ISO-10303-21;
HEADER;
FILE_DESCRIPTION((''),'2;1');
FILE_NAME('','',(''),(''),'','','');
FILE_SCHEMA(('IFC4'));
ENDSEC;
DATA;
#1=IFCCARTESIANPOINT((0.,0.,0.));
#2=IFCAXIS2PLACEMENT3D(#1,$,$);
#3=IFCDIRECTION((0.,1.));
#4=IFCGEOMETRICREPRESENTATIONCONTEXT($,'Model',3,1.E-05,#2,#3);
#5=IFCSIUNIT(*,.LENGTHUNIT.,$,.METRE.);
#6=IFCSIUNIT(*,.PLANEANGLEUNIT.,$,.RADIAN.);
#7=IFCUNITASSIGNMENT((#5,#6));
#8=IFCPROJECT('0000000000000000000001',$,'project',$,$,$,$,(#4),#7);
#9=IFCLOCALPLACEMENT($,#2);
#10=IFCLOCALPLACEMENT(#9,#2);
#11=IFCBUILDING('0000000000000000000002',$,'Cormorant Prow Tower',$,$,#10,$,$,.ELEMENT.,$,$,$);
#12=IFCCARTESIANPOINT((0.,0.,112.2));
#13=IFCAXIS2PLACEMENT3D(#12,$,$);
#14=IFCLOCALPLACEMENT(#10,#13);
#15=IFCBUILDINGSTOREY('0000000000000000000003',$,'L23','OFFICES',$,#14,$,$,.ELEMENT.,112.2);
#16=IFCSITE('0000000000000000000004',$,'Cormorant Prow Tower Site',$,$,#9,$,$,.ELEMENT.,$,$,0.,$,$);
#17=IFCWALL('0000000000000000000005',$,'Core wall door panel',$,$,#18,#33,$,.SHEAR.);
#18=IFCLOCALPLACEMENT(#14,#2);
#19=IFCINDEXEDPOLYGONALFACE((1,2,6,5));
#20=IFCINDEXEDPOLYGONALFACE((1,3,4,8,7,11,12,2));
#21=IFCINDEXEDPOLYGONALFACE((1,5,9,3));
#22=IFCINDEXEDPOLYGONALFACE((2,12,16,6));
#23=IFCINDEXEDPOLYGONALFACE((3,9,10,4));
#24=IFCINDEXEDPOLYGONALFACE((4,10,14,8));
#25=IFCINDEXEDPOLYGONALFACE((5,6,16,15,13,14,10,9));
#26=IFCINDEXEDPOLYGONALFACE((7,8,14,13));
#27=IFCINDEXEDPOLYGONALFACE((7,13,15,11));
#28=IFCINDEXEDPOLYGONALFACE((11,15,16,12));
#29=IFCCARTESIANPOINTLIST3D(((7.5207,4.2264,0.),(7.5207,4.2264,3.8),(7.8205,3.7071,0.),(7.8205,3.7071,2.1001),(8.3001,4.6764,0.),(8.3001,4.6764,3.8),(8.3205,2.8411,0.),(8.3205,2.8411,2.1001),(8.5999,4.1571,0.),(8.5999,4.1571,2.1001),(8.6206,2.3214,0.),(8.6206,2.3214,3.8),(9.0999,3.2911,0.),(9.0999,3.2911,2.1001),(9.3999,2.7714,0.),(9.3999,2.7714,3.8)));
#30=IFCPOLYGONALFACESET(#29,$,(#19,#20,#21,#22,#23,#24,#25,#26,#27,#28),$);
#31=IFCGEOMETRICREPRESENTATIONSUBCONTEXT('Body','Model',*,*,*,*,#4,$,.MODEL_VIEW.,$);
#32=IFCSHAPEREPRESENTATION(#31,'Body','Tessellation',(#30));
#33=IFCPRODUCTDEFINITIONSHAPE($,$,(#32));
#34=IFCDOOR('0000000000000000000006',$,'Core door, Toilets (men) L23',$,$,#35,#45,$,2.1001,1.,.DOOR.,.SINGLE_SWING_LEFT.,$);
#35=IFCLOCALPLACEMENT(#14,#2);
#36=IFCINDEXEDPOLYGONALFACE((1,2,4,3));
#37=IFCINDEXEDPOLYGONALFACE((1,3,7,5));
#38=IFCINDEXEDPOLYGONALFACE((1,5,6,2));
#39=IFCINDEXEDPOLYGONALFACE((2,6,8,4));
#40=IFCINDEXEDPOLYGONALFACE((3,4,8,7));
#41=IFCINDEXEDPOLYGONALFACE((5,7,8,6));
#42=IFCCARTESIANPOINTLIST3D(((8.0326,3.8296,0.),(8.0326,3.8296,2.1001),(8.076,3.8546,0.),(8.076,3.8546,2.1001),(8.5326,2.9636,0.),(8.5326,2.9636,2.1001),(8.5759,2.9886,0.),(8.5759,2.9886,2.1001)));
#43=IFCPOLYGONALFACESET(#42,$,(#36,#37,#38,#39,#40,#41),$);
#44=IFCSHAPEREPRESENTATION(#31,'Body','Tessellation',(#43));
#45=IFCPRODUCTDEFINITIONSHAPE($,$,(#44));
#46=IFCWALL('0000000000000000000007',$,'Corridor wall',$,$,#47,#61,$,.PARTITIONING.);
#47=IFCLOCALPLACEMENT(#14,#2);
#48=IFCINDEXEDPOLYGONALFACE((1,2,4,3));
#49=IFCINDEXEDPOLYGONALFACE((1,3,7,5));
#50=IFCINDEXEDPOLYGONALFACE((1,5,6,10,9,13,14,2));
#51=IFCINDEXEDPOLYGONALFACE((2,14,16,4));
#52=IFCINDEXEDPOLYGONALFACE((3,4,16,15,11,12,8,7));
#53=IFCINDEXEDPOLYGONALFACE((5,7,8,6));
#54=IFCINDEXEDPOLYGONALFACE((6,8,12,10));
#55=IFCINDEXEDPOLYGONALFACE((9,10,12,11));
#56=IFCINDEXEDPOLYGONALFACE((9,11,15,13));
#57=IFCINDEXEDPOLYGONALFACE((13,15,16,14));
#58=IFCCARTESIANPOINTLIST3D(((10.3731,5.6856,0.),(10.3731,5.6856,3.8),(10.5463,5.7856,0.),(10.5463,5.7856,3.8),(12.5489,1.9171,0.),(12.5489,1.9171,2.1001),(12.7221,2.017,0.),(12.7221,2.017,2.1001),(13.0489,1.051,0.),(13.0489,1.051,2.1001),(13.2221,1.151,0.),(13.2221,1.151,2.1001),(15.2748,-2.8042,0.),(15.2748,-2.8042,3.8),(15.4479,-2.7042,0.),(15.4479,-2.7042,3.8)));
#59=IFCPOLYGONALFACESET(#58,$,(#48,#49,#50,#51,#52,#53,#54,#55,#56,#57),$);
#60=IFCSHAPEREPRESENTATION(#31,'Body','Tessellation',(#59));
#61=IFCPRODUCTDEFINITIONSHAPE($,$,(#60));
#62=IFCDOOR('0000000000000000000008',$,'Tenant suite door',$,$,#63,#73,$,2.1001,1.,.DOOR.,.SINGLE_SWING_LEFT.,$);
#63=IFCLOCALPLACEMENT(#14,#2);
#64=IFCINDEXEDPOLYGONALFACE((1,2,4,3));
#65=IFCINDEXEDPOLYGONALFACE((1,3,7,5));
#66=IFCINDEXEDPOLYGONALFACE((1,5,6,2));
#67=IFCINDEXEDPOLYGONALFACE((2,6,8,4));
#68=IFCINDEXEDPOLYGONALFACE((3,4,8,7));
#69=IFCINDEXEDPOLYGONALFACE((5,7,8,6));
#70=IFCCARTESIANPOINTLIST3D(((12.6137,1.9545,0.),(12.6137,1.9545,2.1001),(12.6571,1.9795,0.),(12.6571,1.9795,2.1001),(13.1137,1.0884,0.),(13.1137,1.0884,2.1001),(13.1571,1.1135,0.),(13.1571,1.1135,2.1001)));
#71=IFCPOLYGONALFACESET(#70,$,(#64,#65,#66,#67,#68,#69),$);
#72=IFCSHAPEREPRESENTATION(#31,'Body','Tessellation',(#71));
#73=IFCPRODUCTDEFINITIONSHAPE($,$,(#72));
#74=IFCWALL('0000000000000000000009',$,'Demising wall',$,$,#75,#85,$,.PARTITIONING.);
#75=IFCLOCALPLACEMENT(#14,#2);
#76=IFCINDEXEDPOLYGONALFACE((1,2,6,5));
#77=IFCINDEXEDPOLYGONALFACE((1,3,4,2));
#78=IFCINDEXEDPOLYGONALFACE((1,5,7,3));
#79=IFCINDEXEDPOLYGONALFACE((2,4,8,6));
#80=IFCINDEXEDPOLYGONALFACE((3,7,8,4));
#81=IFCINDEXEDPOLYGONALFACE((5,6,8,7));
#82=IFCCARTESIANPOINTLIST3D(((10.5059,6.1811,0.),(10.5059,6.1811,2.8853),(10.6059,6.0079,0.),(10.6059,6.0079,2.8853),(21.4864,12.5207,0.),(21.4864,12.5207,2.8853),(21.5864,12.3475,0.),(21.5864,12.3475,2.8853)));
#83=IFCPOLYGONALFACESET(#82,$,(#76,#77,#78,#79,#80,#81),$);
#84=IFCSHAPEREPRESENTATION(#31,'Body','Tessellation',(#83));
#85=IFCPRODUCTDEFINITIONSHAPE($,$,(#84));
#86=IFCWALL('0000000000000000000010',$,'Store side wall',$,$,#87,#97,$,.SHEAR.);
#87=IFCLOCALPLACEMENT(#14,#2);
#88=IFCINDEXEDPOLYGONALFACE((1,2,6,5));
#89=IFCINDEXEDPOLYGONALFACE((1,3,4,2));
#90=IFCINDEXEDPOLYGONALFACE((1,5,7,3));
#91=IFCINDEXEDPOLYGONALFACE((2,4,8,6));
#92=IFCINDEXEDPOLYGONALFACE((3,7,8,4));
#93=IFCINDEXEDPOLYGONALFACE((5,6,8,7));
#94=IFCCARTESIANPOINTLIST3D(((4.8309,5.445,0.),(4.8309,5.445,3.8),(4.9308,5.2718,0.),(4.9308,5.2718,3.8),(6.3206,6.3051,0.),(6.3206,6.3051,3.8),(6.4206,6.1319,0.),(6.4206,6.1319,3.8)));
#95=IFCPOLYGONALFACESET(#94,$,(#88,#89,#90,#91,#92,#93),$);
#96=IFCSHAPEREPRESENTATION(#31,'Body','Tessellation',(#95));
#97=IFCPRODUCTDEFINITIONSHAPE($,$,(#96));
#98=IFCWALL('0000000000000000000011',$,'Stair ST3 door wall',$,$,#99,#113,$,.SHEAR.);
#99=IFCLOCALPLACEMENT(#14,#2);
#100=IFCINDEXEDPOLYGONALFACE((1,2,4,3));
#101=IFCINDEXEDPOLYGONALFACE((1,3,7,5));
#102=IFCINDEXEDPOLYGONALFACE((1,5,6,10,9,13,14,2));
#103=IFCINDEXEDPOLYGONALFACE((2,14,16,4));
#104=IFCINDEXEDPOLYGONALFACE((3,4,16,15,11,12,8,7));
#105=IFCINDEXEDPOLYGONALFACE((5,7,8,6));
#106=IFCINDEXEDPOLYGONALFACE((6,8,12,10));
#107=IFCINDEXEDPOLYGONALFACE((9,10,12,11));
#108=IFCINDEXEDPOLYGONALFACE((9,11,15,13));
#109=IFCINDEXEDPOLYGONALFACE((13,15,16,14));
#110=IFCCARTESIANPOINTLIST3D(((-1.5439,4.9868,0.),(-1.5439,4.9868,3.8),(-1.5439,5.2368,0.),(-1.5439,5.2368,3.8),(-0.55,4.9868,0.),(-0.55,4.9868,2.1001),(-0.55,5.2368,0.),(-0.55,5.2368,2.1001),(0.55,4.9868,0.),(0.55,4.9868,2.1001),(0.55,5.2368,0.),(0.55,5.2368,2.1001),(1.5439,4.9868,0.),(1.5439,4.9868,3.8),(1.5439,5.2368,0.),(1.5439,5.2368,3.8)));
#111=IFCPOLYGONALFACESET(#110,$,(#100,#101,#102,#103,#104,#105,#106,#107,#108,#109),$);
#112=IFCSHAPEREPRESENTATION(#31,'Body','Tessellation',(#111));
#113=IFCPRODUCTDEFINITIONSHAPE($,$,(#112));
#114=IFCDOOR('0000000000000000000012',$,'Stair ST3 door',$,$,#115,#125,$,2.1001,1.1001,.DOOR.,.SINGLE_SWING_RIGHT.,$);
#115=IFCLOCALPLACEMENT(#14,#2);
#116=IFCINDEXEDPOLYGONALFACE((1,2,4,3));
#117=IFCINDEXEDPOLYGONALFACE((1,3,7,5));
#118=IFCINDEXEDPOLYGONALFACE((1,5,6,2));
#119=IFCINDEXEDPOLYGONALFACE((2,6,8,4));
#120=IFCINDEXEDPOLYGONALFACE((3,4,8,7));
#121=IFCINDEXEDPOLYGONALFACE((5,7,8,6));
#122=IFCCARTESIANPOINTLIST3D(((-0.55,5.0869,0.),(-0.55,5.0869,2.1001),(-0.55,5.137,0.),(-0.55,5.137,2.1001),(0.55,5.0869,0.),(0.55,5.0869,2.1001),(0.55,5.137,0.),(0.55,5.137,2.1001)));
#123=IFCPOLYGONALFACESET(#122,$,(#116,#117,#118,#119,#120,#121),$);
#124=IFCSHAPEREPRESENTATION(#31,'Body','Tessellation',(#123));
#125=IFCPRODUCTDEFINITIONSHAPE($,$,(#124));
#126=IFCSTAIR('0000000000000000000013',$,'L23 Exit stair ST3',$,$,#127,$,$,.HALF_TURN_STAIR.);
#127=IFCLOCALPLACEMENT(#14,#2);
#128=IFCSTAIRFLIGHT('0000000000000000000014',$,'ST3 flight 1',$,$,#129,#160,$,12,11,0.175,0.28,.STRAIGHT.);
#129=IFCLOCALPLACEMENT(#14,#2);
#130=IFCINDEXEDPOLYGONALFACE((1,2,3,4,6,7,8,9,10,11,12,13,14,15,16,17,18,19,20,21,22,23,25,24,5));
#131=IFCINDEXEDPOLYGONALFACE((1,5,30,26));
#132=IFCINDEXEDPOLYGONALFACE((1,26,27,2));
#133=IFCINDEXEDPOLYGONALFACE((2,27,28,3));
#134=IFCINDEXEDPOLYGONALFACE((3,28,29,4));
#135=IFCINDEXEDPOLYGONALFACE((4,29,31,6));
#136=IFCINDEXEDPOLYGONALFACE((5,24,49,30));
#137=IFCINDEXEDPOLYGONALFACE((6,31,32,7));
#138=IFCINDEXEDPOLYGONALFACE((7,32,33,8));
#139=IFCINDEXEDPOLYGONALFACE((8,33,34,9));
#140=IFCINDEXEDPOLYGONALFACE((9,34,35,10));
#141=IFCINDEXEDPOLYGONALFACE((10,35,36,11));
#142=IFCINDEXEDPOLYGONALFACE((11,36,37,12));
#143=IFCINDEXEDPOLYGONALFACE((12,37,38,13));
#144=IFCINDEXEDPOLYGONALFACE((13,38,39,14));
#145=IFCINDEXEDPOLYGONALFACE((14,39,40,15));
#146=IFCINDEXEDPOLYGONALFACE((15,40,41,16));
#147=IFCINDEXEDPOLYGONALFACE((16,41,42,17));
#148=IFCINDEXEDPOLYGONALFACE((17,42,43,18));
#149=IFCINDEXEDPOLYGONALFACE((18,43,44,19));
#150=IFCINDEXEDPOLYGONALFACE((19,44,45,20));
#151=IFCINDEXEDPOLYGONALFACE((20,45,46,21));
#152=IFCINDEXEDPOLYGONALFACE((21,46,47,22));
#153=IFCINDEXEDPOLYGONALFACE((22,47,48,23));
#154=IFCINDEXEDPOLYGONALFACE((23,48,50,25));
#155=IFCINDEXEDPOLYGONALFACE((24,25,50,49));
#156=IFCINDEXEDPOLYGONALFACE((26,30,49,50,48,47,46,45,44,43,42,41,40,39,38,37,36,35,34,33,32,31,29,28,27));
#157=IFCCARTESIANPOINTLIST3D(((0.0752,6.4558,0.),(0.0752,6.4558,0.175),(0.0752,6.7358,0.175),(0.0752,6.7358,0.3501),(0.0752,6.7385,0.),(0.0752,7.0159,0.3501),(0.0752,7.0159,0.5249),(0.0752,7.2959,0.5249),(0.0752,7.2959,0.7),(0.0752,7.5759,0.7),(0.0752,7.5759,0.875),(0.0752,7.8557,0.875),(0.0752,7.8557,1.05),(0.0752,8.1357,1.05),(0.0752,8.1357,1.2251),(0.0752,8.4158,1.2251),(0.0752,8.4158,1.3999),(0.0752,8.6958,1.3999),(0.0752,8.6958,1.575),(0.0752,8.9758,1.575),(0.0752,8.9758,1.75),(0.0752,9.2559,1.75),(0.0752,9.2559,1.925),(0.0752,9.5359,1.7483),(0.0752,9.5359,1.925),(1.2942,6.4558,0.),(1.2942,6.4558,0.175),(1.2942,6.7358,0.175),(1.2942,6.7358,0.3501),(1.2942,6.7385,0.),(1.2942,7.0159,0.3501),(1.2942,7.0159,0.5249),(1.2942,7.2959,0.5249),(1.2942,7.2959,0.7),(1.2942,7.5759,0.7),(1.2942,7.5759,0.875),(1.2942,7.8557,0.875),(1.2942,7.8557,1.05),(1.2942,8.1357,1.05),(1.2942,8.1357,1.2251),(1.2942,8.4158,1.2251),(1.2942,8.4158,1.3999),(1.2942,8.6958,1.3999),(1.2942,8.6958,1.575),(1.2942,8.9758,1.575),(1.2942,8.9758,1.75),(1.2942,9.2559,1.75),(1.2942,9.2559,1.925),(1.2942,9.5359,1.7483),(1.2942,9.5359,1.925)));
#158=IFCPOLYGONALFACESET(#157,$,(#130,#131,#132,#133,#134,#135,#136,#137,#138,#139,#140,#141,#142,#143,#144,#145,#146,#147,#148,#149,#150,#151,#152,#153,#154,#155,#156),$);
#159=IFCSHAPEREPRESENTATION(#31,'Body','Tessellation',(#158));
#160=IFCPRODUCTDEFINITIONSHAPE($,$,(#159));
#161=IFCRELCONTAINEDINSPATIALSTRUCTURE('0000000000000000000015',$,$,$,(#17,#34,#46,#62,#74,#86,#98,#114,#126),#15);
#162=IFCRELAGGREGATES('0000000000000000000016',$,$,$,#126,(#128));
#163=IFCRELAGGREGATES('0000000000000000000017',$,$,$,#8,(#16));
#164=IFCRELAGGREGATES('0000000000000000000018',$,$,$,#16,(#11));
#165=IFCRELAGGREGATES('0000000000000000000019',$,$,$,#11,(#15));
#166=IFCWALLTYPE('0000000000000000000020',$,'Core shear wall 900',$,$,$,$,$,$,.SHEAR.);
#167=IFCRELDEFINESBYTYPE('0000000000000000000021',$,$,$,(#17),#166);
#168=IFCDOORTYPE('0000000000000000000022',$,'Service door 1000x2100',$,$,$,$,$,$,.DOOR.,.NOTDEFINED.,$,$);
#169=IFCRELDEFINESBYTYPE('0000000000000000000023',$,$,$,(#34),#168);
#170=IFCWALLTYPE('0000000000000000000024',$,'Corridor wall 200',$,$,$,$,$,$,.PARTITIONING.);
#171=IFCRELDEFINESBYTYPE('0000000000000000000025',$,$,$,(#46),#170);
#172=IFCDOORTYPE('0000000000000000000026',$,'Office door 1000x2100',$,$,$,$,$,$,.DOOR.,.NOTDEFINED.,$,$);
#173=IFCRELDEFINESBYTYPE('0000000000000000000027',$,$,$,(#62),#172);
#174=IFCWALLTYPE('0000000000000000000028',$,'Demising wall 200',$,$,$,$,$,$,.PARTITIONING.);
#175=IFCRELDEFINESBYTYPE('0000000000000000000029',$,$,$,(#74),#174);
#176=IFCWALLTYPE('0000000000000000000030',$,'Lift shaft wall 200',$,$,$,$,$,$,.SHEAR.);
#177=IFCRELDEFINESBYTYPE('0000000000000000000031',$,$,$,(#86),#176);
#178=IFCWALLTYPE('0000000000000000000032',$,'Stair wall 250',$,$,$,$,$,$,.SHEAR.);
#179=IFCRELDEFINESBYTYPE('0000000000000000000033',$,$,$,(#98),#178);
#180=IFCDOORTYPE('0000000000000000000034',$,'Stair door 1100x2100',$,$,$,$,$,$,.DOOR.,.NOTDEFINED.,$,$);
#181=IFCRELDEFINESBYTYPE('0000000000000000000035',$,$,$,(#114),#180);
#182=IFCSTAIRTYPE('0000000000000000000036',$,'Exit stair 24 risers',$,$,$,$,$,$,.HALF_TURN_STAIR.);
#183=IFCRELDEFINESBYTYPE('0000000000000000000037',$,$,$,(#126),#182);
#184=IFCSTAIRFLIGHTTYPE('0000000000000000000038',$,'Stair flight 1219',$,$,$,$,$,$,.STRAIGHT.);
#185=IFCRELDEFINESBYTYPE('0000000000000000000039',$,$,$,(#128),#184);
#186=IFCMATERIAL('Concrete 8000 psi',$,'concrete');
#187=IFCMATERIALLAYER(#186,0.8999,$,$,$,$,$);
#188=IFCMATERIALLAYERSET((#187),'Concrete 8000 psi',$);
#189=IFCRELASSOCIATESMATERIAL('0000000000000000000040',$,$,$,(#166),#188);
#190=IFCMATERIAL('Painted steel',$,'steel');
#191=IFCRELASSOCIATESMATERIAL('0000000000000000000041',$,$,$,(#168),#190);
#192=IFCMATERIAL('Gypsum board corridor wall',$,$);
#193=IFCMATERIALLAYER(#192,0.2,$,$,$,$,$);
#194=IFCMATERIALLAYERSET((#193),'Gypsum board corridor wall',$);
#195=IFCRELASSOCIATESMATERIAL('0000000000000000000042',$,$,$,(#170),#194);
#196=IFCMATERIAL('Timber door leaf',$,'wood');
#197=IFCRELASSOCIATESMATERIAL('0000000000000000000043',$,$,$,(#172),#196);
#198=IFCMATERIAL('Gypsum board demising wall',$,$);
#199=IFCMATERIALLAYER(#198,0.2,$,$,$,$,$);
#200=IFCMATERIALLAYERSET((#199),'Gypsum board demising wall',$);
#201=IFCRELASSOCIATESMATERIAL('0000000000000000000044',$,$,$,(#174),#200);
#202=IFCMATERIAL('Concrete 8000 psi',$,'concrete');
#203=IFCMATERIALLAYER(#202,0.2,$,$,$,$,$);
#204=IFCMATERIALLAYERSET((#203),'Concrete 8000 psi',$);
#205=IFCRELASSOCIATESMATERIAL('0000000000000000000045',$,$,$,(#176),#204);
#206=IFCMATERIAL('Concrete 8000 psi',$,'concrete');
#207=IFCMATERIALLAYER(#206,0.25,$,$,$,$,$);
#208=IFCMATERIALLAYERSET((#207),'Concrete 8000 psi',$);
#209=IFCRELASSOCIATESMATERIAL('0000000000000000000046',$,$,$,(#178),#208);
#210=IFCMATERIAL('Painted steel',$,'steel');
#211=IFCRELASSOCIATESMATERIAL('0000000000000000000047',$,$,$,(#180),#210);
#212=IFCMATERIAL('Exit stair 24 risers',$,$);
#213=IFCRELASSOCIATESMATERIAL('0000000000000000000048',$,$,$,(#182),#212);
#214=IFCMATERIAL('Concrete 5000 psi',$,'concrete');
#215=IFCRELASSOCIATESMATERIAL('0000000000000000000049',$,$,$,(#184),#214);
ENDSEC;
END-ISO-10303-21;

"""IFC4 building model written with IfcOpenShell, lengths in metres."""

from ifc_helpers import new_model, si_unit, direction, frame, frame_2d, origin, place, context, subcontext, project, spatial, polyline, rectangle, outline, extrude, material, layer, layer_set, type_object, element, fill, aggregate, save


model = new_model("IFC4")

# Units and contexts
model_context = context("Model", 3, precision=1e-05, world=origin(), true_north=direction((0.0, 1.0)))
body_context = subcontext(model_context, "Body", "Model", "MODEL_VIEW")
ifc_project = project(units=[si_unit("LENGTHUNIT", "METRE"), si_unit("PLANEANGLEUNIT", "RADIAN")], contexts=[model_context])

# Site, building, storey
site_placement = place(None, origin())
site = spatial("IfcSite", under=ifc_project, at=site_placement, Name="Cormorant Prow Tower Site", CompositionType="ELEMENT", RefElevation=0.0)
building_placement = place(site_placement, origin())
building = spatial("IfcBuilding", under=site, at=building_placement, Name="Cormorant Prow Tower", CompositionType="ELEMENT")
storey_placement = place(building_placement, frame((0.0, 0.0, 112.2)))
storey = spatial("IfcBuildingStorey", under=building, at=storey_placement, Name="L23", Description="OFFICES", CompositionType="ELEMENT", Elevation=112.2)

# Shared definitions
ifc_material_1 = material(Name="Concrete 8000 psi", Category="concrete")
ifc_layer_1 = layer(ifc_material_1, 0.8999)
ifc_layer_set_1 = layer_set([ifc_layer_1], Name="Concrete 8000 psi")
wall_type_1 = type_object("IfcWallType", Name="Core shear wall 900", PredefinedType="SHEAR", material=ifc_layer_set_1)

# Walls, openings, doors
wall_1_placement = place(storey_placement, frame((9.0103, 2.5464, 0.0), z_axis=(0.0, 0.0, 1.0), x_axis=(-0.499995, 0.866028, 0.0)))
wall_1 = element("IfcWall", 1, at=wall_1_placement, inside=storey, type_object=wall_type_1, Name="Core wall door panel", PredefinedType="SHEAR", context=body_context, shape_type="SweptSolid", body=[
    extrude(rectangle(XDim=2.1997, YDim=0.8999, at=frame_2d((1.0999, 0.0))), origin(), (0.0, 0.0, 1.0), 3.8),
])
opening_1_placement = place(wall_1_placement, frame((0.6001, 0.0, 0.0)))
opening_1 = element("IfcOpeningElement", 2, at=opening_1_placement, cuts=wall_1, PredefinedType="OPENING", context=body_context, shape_type="SweptSolid", body=[
    extrude(rectangle(XDim=1.0, YDim=2.1001, at=frame_2d((0.5, 1.05))), frame((0.0, 0.46, 0.0), z_axis=(0.0, -1.0, 0.0), x_axis=(1.0, 0.0, 0.0)), (0.0, 0.0, 1.0), 0.9199),
])
ifc_material_2 = material(Name="Painted steel", Category="steel")
door_type_1 = type_object("IfcDoorType", Name="Service door 1000x2100", OperationType="NOTDEFINED", PredefinedType="DOOR", material=ifc_material_2)
door_1_placement = place(opening_1_placement, origin())
door_1 = element("IfcDoor", 3, at=door_1_placement, inside=storey, type_object=door_type_1, Name="Core door, Toilets (men) L23", OperationType="SINGLE_SWING_LEFT", OverallHeight=2.1001, OverallWidth=1.0, PredefinedType="DOOR", context=body_context, shape_type="SweptSolid", body=[
    extrude(rectangle(XDim=1.0, YDim=2.1001, at=frame_2d((0.5, 1.05))), frame((0.0, 0.2051, 0.0), z_axis=(0.0, -1.0, 0.0), x_axis=(1.0, 0.0, 0.0)), (0.0, 0.0, 1.0), 0.05),
])
fill(opening_1, door_1)
ifc_material_3 = material(Name="Gypsum board corridor wall")
ifc_layer_2 = layer(ifc_material_3, 0.2)
ifc_layer_set_2 = layer_set([ifc_layer_2], Name="Gypsum board corridor wall")
wall_type_2 = type_object("IfcWallType", Name="Corridor wall 200", PredefinedType="PARTITIONING", material=ifc_layer_set_2)
wall_2_placement = place(storey_placement, frame((10.4597, 5.7356, 0.0), z_axis=(0.0, 0.0, 1.0), x_axis=(0.500004, -0.866023, 0.0)))
wall_2 = element("IfcWall", 4, at=wall_2_placement, inside=storey, type_object=wall_type_2, Name="Corridor wall", PredefinedType="PARTITIONING", context=body_context, shape_type="SweptSolid", body=[
    extrude(rectangle(XDim=9.8032, YDim=0.2, at=frame_2d((4.9016, 0.0))), origin(), (0.0, 0.0, 1.0), 3.8),
])
opening_2_placement = place(wall_2_placement, frame((4.3516, 0.0, 0.0)))
opening_2 = element("IfcOpeningElement", 5, at=opening_2_placement, cuts=wall_2, PredefinedType="OPENING", context=body_context, shape_type="SweptSolid", body=[
    extrude(rectangle(XDim=1.0, YDim=2.1001, at=frame_2d((0.5, 1.05))), frame((0.0, 0.1099, 0.0), z_axis=(0.0, -1.0, 0.0), x_axis=(1.0, 0.0, 0.0)), (0.0, 0.0, 1.0), 0.22),
])
ifc_material_4 = material(Name="Timber door leaf", Category="wood")
door_type_2 = type_object("IfcDoorType", Name="Office door 1000x2100", OperationType="NOTDEFINED", PredefinedType="DOOR", material=ifc_material_4)
door_2_placement = place(opening_2_placement, origin())
door_2 = element("IfcDoor", 6, at=door_2_placement, inside=storey, type_object=door_type_2, Name="Tenant suite door", OperationType="SINGLE_SWING_LEFT", OverallHeight=2.1001, OverallWidth=1.0, PredefinedType="DOOR", context=body_context, shape_type="SweptSolid", body=[
    extrude(rectangle(XDim=1.0, YDim=2.1001, at=frame_2d((0.5, 1.05))), frame((0.0, 0.0249, 0.0), z_axis=(0.0, -1.0, 0.0), x_axis=(1.0, 0.0, 0.0)), (0.0, 0.0, 1.0), 0.05),
])
fill(opening_2, door_2)

# Walls
ifc_material_5 = material(Name="Gypsum board demising wall")
ifc_layer_3 = layer(ifc_material_5, 0.2)
ifc_layer_set_3 = layer_set([ifc_layer_3], Name="Gypsum board demising wall")
wall_type_3 = type_object("IfcWallType", Name="Demising wall 200", PredefinedType="PARTITIONING", material=ifc_layer_set_3)
wall_3_placement = place(storey_placement, frame((10.5559, 6.0945, 0.0), z_axis=(0.0, 0.0, 1.0), x_axis=(0.866025, 0.500001, 0.0)))
element("IfcWall", 7, at=wall_3_placement, inside=storey, type_object=wall_type_3, Name="Demising wall", PredefinedType="PARTITIONING", context=body_context, shape_type="SweptSolid", body=[
    extrude(rectangle(XDim=12.6792, YDim=0.2, at=frame_2d((6.3396, 0.0))), origin(), (0.0, 0.0, 1.0), 2.8853),
])
ifc_material_6 = material(Name="Concrete 8000 psi", Category="concrete")
ifc_layer_4 = layer(ifc_material_6, 0.2)
ifc_layer_set_4 = layer_set([ifc_layer_4], Name="Concrete 8000 psi")
wall_type_4 = type_object("IfcWallType", Name="Lift shaft wall 200", PredefinedType="SHEAR", material=ifc_layer_set_4)
wall_4_placement = place(storey_placement, frame((4.8809, 5.3584, 0.0), z_axis=(0.0, 0.0, 1.0), x_axis=(0.866025, 0.500001, 0.0)))
element("IfcWall", 8, at=wall_4_placement, inside=storey, type_object=wall_type_4, Name="Store side wall", PredefinedType="SHEAR", context=body_context, shape_type="SweptSolid", body=[
    extrude(rectangle(XDim=1.7202, YDim=0.2, at=frame_2d((0.8601, 0.0))), origin(), (0.0, 0.0, 1.0), 3.8),
])

# Wall, opening, door
ifc_material_7 = material(Name="Concrete 8000 psi", Category="concrete")
ifc_layer_5 = layer(ifc_material_7, 0.25)
ifc_layer_set_5 = layer_set([ifc_layer_5], Name="Concrete 8000 psi")
wall_type_5 = type_object("IfcWallType", Name="Stair wall 250", PredefinedType="SHEAR", material=ifc_layer_set_5)
wall_5_placement = place(storey_placement, frame((1.5439, 5.1118, 0.0), z_axis=(0.0, 0.0, 1.0), x_axis=(-1.0, 0.0, 0.0)))
wall_5 = element("IfcWall", 9, at=wall_5_placement, inside=storey, type_object=wall_type_5, Name="Stair ST3 door wall", PredefinedType="SHEAR", context=body_context, shape_type="SweptSolid", body=[
    extrude(rectangle(XDim=3.0879, YDim=0.25, at=frame_2d((1.5439, 0.0))), origin(), (0.0, 0.0, 1.0), 3.8),
])
opening_3_placement = place(wall_5_placement, frame((0.9939, 0.0, 0.0)))
opening_3 = element("IfcOpeningElement", 10, at=opening_3_placement, cuts=wall_5, PredefinedType="OPENING", context=body_context, shape_type="SweptSolid", body=[
    extrude(rectangle(XDim=1.1001, YDim=2.1001, at=frame_2d((0.55, 1.05))), frame((0.0, 0.135, 0.0), z_axis=(0.0, -1.0, 0.0), x_axis=(1.0, 0.0, 0.0)), (0.0, 0.0, 1.0), 0.27),
])
ifc_material_8 = material(Name="Painted steel", Category="steel")
door_type_3 = type_object("IfcDoorType", Name="Stair door 1100x2100", OperationType="NOTDEFINED", PredefinedType="DOOR", material=ifc_material_8)
door_3_placement = place(opening_3_placement, origin())
door_3 = element("IfcDoor", 11, at=door_3_placement, inside=storey, type_object=door_type_3, Name="Stair ST3 door", OperationType="SINGLE_SWING_RIGHT", OverallHeight=2.1001, OverallWidth=1.1001, PredefinedType="DOOR", context=body_context, shape_type="SweptSolid", body=[
    extrude(rectangle(XDim=1.1001, YDim=2.1001, at=frame_2d((0.55, 1.05))), frame((0.0, 0.0249, 0.0), z_axis=(0.0, -1.0, 0.0), x_axis=(1.0, 0.0, 0.0)), (0.0, 0.0, 1.0), 0.05),
])
fill(opening_3, door_3)

# Stair, stair flight
ifc_material_9 = material(Name="Exit stair 24 risers")
stair_type = type_object("IfcStairType", Name="Exit stair 24 risers", PredefinedType="HALF_TURN_STAIR", material=ifc_material_9)
stair_placement = place(storey_placement, origin())
stair = element("IfcStair", 12, at=stair_placement, inside=storey, type_object=stair_type, Name="L23 Exit stair ST3", PredefinedType="HALF_TURN_STAIR")
ifc_material_10 = material(Name="Concrete 5000 psi", Category="concrete")
stair_flight_type = type_object("IfcStairFlightType", Name="Stair flight 1219", PredefinedType="STRAIGHT", material=ifc_material_10)
stair_flight_placement = place(storey_placement, frame((0.6846, 6.4558, 0.0), z_axis=(0.0, 0.0, 1.0), x_axis=(0.0, 1.0, 0.0)))
stair_flight = element("IfcStairFlight", 13, at=stair_flight_placement, type_object=stair_flight_type, Name="ST3 flight 1", NumberOfRisers=12, NumberOfTreads=11, PredefinedType="STRAIGHT", RiserHeight=0.175, TreadLength=0.28, context=body_context, shape_type="SweptSolid", body=[
    extrude(outline(polyline([(0.0, 0.0), (0.0, 0.175), (0.28, 0.175), (0.28, 0.3501), (0.5601, 0.3501), (0.5601, 0.5249), (0.8401, 0.5249), (0.8401, 0.7), (1.1201, 0.7), (1.1201, 0.875), (1.3999, 0.875), (1.3999, 1.05), (1.6799, 1.05), (1.6799, 1.2251), (1.96, 1.2251), (1.96, 1.3999), (2.24, 1.3999), (2.24, 1.575), (2.52, 1.575), (2.52, 1.75), (2.8, 1.75), (2.8, 1.925), (3.0801, 1.925), (3.0801, 2.1001), (3.0801, 1.7483), (0.2827, 0.0), (0.0, 0.0)])), frame((0.0, 0.6094, 0.0), z_axis=(0.0, -1.0, 0.0), x_axis=(1.0, 0.0, 0.0)), (0.0, 0.0, 1.0), 1.219),
])
aggregate(stair, [stair_flight])

save(model, "model.ifc")
